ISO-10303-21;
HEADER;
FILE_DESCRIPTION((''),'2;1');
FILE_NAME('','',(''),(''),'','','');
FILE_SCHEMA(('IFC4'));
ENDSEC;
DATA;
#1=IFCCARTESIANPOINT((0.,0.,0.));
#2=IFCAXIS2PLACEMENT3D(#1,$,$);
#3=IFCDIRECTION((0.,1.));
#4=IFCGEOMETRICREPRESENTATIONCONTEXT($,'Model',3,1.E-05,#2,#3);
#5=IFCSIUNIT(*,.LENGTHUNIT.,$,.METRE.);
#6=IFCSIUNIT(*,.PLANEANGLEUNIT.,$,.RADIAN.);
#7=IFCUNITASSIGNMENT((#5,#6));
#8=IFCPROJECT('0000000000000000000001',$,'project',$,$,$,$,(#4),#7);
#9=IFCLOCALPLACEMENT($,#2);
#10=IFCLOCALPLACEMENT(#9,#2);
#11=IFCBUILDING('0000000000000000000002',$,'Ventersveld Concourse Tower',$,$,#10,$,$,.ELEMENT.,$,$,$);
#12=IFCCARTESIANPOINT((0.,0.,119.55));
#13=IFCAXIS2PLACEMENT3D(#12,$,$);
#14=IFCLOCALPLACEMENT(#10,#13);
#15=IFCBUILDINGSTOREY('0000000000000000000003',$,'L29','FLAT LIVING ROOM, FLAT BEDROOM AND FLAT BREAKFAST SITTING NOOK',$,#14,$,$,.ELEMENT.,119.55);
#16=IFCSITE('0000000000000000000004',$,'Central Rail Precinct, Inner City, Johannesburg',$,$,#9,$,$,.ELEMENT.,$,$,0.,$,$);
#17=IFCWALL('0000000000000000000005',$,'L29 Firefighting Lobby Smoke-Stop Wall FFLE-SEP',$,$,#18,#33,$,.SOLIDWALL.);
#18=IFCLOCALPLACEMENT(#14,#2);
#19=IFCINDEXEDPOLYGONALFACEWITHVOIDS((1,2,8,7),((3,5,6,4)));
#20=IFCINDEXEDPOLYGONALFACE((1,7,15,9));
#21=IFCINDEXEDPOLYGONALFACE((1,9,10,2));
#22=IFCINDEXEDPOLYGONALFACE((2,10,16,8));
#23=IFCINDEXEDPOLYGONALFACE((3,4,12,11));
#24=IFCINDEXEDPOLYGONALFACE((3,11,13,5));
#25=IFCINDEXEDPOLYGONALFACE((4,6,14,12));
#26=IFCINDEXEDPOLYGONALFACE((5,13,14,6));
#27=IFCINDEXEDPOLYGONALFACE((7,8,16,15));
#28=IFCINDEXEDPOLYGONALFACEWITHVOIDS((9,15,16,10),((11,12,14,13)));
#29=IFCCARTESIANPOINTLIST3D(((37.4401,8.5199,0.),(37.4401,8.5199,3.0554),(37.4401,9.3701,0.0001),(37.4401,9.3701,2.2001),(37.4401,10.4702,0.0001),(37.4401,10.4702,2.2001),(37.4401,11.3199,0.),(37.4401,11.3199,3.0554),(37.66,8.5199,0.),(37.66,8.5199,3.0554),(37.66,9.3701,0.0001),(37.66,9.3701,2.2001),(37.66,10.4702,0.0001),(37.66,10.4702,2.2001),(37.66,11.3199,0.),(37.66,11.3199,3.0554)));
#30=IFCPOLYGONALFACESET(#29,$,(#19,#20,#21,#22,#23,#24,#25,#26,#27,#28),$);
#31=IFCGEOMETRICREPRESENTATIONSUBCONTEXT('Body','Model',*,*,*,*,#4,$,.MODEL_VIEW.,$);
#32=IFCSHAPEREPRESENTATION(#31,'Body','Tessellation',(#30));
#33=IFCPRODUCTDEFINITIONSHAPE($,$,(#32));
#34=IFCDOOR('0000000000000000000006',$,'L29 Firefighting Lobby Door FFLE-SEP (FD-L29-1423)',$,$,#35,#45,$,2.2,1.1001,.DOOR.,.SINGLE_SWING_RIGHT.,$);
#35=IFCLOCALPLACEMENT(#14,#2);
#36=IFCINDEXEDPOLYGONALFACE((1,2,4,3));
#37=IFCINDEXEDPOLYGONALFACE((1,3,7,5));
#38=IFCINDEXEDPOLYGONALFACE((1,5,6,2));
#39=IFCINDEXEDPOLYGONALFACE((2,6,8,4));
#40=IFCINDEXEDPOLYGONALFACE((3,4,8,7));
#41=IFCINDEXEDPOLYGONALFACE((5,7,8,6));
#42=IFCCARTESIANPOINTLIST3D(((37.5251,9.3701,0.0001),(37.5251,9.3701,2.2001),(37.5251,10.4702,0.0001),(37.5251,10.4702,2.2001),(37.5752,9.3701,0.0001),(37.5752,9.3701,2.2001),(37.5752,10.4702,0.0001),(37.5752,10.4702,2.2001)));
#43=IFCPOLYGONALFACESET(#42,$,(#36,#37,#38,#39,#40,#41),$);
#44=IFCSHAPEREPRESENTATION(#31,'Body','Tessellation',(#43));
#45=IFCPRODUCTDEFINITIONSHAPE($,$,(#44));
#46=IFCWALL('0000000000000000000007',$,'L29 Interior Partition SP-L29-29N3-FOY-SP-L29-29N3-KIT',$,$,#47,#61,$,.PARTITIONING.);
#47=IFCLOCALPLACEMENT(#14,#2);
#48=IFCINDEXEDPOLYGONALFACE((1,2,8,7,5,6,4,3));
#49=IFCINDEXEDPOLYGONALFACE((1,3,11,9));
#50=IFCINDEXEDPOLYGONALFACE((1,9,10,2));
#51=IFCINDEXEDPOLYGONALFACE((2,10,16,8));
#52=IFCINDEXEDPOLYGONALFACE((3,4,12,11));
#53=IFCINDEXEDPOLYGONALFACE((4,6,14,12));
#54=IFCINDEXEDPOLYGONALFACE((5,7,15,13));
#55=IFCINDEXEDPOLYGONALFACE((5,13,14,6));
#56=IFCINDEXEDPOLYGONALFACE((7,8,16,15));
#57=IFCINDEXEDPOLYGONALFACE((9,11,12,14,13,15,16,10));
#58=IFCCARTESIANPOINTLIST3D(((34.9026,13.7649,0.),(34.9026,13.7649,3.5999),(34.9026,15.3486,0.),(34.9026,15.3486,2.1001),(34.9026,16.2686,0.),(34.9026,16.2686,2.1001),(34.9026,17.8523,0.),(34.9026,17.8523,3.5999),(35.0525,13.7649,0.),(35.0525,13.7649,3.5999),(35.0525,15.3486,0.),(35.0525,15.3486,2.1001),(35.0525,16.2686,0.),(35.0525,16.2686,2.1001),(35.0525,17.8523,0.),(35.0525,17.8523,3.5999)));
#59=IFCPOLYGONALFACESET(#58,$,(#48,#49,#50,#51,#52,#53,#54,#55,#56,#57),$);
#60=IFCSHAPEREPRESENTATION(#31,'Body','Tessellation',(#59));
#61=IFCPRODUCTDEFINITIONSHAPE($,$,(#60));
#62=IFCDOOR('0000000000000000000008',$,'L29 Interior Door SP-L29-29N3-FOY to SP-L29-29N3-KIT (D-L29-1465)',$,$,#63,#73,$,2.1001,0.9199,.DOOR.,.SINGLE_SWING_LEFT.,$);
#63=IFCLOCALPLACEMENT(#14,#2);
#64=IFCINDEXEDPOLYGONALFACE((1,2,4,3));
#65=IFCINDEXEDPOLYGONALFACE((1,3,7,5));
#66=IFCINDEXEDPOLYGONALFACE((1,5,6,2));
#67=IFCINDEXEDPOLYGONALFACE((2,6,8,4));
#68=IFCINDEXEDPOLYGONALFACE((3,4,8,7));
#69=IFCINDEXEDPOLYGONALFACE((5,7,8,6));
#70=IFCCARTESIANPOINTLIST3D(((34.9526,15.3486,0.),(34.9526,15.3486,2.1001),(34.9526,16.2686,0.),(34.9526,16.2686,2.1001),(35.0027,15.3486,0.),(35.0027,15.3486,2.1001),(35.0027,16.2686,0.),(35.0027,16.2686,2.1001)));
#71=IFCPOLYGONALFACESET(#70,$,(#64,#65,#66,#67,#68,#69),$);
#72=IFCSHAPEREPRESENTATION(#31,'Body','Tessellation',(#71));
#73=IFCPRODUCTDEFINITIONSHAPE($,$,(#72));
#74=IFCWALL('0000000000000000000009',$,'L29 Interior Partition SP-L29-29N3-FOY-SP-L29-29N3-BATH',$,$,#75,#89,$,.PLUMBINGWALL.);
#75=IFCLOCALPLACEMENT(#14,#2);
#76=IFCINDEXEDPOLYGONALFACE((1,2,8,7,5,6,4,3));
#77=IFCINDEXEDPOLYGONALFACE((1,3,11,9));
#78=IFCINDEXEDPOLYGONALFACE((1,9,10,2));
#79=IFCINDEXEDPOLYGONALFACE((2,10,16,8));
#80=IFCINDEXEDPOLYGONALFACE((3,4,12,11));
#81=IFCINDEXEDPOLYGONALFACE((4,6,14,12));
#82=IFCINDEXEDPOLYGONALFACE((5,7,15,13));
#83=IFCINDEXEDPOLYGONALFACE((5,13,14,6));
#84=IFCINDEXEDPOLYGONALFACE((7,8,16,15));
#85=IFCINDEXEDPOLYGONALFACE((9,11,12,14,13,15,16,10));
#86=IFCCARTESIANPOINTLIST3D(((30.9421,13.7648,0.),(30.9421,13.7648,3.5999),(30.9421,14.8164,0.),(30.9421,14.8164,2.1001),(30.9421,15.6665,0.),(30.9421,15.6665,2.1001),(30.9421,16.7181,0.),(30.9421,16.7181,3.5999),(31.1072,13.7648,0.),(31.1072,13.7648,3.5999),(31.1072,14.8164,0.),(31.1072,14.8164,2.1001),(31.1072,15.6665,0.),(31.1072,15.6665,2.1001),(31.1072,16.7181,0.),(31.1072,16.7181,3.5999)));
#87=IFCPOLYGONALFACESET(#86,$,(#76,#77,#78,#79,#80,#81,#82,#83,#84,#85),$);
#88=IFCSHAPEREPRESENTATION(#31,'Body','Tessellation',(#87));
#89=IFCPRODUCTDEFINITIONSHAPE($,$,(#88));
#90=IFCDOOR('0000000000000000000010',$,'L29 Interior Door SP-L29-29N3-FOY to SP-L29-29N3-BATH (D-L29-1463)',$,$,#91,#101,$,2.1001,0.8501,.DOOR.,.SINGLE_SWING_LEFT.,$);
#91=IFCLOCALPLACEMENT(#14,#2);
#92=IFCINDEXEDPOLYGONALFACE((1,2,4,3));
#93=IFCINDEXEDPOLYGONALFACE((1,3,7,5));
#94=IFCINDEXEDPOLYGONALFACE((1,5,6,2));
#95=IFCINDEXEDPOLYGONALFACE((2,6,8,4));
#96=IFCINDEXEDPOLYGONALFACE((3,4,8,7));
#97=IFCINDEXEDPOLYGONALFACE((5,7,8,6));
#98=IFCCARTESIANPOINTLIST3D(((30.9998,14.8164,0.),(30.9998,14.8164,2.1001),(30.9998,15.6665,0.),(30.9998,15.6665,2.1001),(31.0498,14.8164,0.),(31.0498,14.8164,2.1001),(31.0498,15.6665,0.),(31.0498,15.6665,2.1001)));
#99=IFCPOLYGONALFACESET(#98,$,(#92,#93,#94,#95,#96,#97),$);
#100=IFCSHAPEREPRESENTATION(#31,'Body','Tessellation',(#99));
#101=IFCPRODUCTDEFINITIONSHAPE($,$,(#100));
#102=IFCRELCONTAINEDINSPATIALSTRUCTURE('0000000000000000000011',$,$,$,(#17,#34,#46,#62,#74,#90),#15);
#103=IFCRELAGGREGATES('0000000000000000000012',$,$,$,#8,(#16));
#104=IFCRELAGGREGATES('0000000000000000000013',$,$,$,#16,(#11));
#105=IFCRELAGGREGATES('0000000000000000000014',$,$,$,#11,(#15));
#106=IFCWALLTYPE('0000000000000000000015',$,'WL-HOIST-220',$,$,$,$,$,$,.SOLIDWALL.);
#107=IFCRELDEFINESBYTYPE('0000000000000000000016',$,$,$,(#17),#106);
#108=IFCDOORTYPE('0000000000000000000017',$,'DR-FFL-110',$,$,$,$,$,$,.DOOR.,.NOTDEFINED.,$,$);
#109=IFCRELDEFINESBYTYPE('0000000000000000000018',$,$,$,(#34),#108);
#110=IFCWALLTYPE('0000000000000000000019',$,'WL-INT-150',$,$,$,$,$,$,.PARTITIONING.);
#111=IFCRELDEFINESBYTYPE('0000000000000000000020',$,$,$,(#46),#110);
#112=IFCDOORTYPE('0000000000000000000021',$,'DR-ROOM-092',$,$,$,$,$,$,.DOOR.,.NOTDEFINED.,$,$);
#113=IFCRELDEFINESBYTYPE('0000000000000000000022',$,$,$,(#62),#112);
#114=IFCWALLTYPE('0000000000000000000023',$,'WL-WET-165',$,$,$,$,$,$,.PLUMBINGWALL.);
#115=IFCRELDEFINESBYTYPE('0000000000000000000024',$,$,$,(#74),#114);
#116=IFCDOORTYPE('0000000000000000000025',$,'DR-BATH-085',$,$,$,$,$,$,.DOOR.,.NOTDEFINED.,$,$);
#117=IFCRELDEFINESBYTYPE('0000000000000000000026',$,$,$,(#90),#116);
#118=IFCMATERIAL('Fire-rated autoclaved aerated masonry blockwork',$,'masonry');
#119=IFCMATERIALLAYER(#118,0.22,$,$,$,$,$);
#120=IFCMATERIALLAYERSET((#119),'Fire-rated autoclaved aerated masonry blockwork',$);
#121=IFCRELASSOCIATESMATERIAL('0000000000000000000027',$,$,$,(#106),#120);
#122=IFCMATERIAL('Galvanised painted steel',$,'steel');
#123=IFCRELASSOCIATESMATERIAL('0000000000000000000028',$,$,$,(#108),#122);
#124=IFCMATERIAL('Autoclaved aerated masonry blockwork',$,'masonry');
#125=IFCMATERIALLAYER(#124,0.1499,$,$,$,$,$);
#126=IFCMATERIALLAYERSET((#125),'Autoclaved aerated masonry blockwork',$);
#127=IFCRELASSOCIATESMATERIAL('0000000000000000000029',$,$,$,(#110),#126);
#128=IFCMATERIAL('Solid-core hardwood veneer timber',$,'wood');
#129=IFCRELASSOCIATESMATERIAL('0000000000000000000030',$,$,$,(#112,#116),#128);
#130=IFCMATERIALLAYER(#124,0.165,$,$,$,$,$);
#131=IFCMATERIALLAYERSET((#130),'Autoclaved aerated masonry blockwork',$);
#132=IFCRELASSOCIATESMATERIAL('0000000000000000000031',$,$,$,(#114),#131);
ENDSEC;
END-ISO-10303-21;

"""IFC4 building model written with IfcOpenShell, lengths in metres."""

from ifc_helpers import new_model, si_unit, direction, frame, frame_2d, origin, place, context, subcontext, project, spatial, rectangle, extrude, material, layer, layer_set, type_object, element, fill, save


model = new_model("IFC4")

# Units and contexts
model_context = context("Model", 3, precision=1e-05, world=origin(), true_north=direction((0.0, 1.0)))
body_context = subcontext(model_context, "Body", "Model", "MODEL_VIEW")
ifc_project = project(units=[si_unit("LENGTHUNIT", "METRE"), si_unit("PLANEANGLEUNIT", "RADIAN")], contexts=[model_context])

# Site, building, storey
site_placement = place(None, origin())
site = spatial("IfcSite", under=ifc_project, at=site_placement, Name="Central Rail Precinct, Inner City, Johannesburg", CompositionType="ELEMENT", RefElevation=0.0)
building_placement = place(site_placement, origin())
building = spatial("IfcBuilding", under=site, at=building_placement, Name="Ventersveld Concourse Tower", CompositionType="ELEMENT")
storey_placement = place(building_placement, frame((0.0, 0.0, 119.55)))
storey = spatial("IfcBuildingStorey", under=building, at=storey_placement, Name="L29", Description="FLAT LIVING ROOM, FLAT BEDROOM AND FLAT BREAKFAST SITTING NOOK", CompositionType="ELEMENT", Elevation=119.55)

# Shared definitions
ifc_material_1 = material(Name="Fire-rated autoclaved aerated masonry blockwork", Category="masonry")

# Shared definitions
ifc_material_2 = material(Name="Galvanised painted steel", Category="steel")

# Shared definitions
ifc_material_3 = material(Name="Solid-core hardwood veneer timber", Category="wood")

# Shared definitions
ifc_layer_1 = layer(ifc_material_1, 0.22)
ifc_layer_set_1 = layer_set([ifc_layer_1], Name="Fire-rated autoclaved aerated masonry blockwork")
wall_type_1 = type_object("IfcWallType", Name="WL-HOIST-220", PredefinedType="SOLIDWALL", material=ifc_layer_set_1)

# Walls, openings, doors
wall_1_placement = place(storey_placement, frame((37.55, 8.52, 0.0), z_axis=(0.0, 0.0, 1.0), x_axis=(0.0, 1.0, 0.0)))
wall_1 = element("IfcWall", 1, at=wall_1_placement, inside=storey, type_object=wall_type_1, Name="L29 Firefighting Lobby Smoke-Stop Wall FFLE-SEP", PredefinedType="SOLIDWALL", context=body_context, shape_type="SweptSolid", body=[
    extrude(rectangle(XDim=2.8, YDim=0.22, at=frame_2d((1.3999, 0.0))), origin(), (0.0, 0.0, 1.0), 3.0554),
])
opening_1_placement = place(wall_1_placement, frame((0.8501, 0.0, 0.0)))
opening_1 = element("IfcOpeningElement", 2, at=opening_1_placement, cuts=wall_1, PredefinedType="OPENING", context=body_context, shape_type="SweptSolid", body=[
    extrude(rectangle(XDim=1.1001, YDim=2.2, at=frame_2d((0.55, 1.1001))), frame((0.0, 0.1201, 0.0), z_axis=(0.0, -1.0, 0.0), x_axis=(1.0, 0.0, 0.0)), (0.0, 0.0, 1.0), 0.24),
])
door_type_1 = type_object("IfcDoorType", Name="DR-FFL-110", OperationType="NOTDEFINED", PredefinedType="DOOR", material=ifc_material_2)
door_1_placement = place(opening_1_placement, origin())
door_1 = element("IfcDoor", 3, at=door_1_placement, inside=storey, type_object=door_type_1, Name="L29 Firefighting Lobby Door FFLE-SEP (FD-L29-1423)", OperationType="SINGLE_SWING_RIGHT", OverallHeight=2.2, OverallWidth=1.1001, PredefinedType="DOOR", context=body_context, shape_type="SweptSolid", body=[
    extrude(rectangle(XDim=1.1001, YDim=2.2, at=frame_2d((0.55, 1.1001))), frame((0.0, 0.0249, 0.0), z_axis=(0.0, -1.0, 0.0), x_axis=(1.0, 0.0, 0.0)), (0.0, 0.0, 1.0), 0.05),
])
fill(opening_1, door_1)
ifc_material_4 = material(Name="Autoclaved aerated masonry blockwork", Category="masonry")
ifc_layer_2 = layer(ifc_material_4, 0.1499)
ifc_layer_set_2 = layer_set([ifc_layer_2], Name="Autoclaved aerated masonry blockwork")
wall_type_2 = type_object("IfcWallType", Name="WL-INT-150", PredefinedType="PARTITIONING", material=ifc_layer_set_2)
wall_2_placement = place(storey_placement, frame((34.9775, 13.7649, 0.0), z_axis=(0.0, 0.0, 1.0), x_axis=(0.0, 1.0, 0.0)))
wall_2 = element("IfcWall", 4, at=wall_2_placement, inside=storey, type_object=wall_type_2, Name="L29 Interior Partition SP-L29-29N3-FOY-SP-L29-29N3-KIT", PredefinedType="PARTITIONING", context=body_context, shape_type="SweptSolid", body=[
    extrude(rectangle(XDim=4.0874, YDim=0.1499, at=frame_2d((2.0437, 0.0))), origin(), (0.0, 0.0, 1.0), 3.5999),
])
opening_2_placement = place(wall_2_placement, frame((1.5837, 0.0, 0.0)))
opening_2 = element("IfcOpeningElement", 5, at=opening_2_placement, cuts=wall_2, PredefinedType="OPENING", context=body_context, shape_type="SweptSolid", body=[
    extrude(rectangle(XDim=0.9199, YDim=2.1001, at=frame_2d((0.46, 1.05))), frame((0.0, 0.085, 0.0), z_axis=(0.0, -1.0, 0.0), x_axis=(1.0, 0.0, 0.0)), (0.0, 0.0, 1.0), 0.1699),
])
door_type_2 = type_object("IfcDoorType", Name="DR-ROOM-092", OperationType="NOTDEFINED", PredefinedType="DOOR", material=ifc_material_3)
door_2_placement = place(opening_2_placement, origin())
door_2 = element("IfcDoor", 6, at=door_2_placement, inside=storey, type_object=door_type_2, Name="L29 Interior Door SP-L29-29N3-FOY to SP-L29-29N3-KIT (D-L29-1465)", OperationType="SINGLE_SWING_LEFT", OverallHeight=2.1001, OverallWidth=0.9199, PredefinedType="DOOR", context=body_context, shape_type="SweptSolid", body=[
    extrude(rectangle(XDim=0.9199, YDim=2.1001, at=frame_2d((0.46, 1.05))), frame((0.0, 0.0249, 0.0), z_axis=(0.0, -1.0, 0.0), x_axis=(1.0, 0.0, 0.0)), (0.0, 0.0, 1.0), 0.05),
])
fill(opening_2, door_2)
ifc_layer_3 = layer(ifc_material_4, 0.165)
ifc_layer_set_3 = layer_set([ifc_layer_3], Name="Autoclaved aerated masonry blockwork")
wall_type_3 = type_object("IfcWallType", Name="WL-WET-165", PredefinedType="PLUMBINGWALL", material=ifc_layer_set_3)
wall_3_placement = place(storey_placement, frame((31.0247, 13.7649, 0.0), z_axis=(0.0, 0.0, 1.0), x_axis=(0.0, 1.0, 0.0)))
wall_3 = element("IfcWall", 7, at=wall_3_placement, inside=storey, type_object=wall_type_3, Name="L29 Interior Partition SP-L29-29N3-FOY-SP-L29-29N3-BATH", PredefinedType="PLUMBINGWALL", context=body_context, shape_type="SweptSolid", body=[
    extrude(rectangle(XDim=2.9534, YDim=0.165, at=frame_2d((1.4766, 0.0))), origin(), (0.0, 0.0, 1.0), 3.5999),
])
opening_3_placement = place(wall_3_placement, frame((1.0515, 0.0, 0.0)))
opening_3 = element("IfcOpeningElement", 8, at=opening_3_placement, cuts=wall_3, PredefinedType="OPENING", context=body_context, shape_type="SweptSolid", body=[
    extrude(rectangle(XDim=0.8501, YDim=2.1001, at=frame_2d((0.425, 1.05))), frame((0.0, 0.0925, 0.0), z_axis=(0.0, -1.0, 0.0), x_axis=(1.0, 0.0, 0.0)), (0.0, 0.0, 1.0), 0.1851),
])
door_type_3 = type_object("IfcDoorType", Name="DR-BATH-085", OperationType="NOTDEFINED", PredefinedType="DOOR", material=ifc_material_3)
door_3_placement = place(opening_3_placement, origin())
door_3 = element("IfcDoor", 9, at=door_3_placement, inside=storey, type_object=door_type_3, Name="L29 Interior Door SP-L29-29N3-FOY to SP-L29-29N3-BATH (D-L29-1463)", OperationType="SINGLE_SWING_LEFT", OverallHeight=2.1001, OverallWidth=0.8501, PredefinedType="DOOR", context=body_context, shape_type="SweptSolid", body=[
    extrude(rectangle(XDim=0.8501, YDim=2.1001, at=frame_2d((0.425, 1.05))), frame((0.0, 0.0249, 0.0), z_axis=(0.0, -1.0, 0.0), x_axis=(1.0, 0.0, 0.0)), (0.0, 0.0, 1.0), 0.05),
])
fill(opening_3, door_3)

save(model, "model.ifc")
